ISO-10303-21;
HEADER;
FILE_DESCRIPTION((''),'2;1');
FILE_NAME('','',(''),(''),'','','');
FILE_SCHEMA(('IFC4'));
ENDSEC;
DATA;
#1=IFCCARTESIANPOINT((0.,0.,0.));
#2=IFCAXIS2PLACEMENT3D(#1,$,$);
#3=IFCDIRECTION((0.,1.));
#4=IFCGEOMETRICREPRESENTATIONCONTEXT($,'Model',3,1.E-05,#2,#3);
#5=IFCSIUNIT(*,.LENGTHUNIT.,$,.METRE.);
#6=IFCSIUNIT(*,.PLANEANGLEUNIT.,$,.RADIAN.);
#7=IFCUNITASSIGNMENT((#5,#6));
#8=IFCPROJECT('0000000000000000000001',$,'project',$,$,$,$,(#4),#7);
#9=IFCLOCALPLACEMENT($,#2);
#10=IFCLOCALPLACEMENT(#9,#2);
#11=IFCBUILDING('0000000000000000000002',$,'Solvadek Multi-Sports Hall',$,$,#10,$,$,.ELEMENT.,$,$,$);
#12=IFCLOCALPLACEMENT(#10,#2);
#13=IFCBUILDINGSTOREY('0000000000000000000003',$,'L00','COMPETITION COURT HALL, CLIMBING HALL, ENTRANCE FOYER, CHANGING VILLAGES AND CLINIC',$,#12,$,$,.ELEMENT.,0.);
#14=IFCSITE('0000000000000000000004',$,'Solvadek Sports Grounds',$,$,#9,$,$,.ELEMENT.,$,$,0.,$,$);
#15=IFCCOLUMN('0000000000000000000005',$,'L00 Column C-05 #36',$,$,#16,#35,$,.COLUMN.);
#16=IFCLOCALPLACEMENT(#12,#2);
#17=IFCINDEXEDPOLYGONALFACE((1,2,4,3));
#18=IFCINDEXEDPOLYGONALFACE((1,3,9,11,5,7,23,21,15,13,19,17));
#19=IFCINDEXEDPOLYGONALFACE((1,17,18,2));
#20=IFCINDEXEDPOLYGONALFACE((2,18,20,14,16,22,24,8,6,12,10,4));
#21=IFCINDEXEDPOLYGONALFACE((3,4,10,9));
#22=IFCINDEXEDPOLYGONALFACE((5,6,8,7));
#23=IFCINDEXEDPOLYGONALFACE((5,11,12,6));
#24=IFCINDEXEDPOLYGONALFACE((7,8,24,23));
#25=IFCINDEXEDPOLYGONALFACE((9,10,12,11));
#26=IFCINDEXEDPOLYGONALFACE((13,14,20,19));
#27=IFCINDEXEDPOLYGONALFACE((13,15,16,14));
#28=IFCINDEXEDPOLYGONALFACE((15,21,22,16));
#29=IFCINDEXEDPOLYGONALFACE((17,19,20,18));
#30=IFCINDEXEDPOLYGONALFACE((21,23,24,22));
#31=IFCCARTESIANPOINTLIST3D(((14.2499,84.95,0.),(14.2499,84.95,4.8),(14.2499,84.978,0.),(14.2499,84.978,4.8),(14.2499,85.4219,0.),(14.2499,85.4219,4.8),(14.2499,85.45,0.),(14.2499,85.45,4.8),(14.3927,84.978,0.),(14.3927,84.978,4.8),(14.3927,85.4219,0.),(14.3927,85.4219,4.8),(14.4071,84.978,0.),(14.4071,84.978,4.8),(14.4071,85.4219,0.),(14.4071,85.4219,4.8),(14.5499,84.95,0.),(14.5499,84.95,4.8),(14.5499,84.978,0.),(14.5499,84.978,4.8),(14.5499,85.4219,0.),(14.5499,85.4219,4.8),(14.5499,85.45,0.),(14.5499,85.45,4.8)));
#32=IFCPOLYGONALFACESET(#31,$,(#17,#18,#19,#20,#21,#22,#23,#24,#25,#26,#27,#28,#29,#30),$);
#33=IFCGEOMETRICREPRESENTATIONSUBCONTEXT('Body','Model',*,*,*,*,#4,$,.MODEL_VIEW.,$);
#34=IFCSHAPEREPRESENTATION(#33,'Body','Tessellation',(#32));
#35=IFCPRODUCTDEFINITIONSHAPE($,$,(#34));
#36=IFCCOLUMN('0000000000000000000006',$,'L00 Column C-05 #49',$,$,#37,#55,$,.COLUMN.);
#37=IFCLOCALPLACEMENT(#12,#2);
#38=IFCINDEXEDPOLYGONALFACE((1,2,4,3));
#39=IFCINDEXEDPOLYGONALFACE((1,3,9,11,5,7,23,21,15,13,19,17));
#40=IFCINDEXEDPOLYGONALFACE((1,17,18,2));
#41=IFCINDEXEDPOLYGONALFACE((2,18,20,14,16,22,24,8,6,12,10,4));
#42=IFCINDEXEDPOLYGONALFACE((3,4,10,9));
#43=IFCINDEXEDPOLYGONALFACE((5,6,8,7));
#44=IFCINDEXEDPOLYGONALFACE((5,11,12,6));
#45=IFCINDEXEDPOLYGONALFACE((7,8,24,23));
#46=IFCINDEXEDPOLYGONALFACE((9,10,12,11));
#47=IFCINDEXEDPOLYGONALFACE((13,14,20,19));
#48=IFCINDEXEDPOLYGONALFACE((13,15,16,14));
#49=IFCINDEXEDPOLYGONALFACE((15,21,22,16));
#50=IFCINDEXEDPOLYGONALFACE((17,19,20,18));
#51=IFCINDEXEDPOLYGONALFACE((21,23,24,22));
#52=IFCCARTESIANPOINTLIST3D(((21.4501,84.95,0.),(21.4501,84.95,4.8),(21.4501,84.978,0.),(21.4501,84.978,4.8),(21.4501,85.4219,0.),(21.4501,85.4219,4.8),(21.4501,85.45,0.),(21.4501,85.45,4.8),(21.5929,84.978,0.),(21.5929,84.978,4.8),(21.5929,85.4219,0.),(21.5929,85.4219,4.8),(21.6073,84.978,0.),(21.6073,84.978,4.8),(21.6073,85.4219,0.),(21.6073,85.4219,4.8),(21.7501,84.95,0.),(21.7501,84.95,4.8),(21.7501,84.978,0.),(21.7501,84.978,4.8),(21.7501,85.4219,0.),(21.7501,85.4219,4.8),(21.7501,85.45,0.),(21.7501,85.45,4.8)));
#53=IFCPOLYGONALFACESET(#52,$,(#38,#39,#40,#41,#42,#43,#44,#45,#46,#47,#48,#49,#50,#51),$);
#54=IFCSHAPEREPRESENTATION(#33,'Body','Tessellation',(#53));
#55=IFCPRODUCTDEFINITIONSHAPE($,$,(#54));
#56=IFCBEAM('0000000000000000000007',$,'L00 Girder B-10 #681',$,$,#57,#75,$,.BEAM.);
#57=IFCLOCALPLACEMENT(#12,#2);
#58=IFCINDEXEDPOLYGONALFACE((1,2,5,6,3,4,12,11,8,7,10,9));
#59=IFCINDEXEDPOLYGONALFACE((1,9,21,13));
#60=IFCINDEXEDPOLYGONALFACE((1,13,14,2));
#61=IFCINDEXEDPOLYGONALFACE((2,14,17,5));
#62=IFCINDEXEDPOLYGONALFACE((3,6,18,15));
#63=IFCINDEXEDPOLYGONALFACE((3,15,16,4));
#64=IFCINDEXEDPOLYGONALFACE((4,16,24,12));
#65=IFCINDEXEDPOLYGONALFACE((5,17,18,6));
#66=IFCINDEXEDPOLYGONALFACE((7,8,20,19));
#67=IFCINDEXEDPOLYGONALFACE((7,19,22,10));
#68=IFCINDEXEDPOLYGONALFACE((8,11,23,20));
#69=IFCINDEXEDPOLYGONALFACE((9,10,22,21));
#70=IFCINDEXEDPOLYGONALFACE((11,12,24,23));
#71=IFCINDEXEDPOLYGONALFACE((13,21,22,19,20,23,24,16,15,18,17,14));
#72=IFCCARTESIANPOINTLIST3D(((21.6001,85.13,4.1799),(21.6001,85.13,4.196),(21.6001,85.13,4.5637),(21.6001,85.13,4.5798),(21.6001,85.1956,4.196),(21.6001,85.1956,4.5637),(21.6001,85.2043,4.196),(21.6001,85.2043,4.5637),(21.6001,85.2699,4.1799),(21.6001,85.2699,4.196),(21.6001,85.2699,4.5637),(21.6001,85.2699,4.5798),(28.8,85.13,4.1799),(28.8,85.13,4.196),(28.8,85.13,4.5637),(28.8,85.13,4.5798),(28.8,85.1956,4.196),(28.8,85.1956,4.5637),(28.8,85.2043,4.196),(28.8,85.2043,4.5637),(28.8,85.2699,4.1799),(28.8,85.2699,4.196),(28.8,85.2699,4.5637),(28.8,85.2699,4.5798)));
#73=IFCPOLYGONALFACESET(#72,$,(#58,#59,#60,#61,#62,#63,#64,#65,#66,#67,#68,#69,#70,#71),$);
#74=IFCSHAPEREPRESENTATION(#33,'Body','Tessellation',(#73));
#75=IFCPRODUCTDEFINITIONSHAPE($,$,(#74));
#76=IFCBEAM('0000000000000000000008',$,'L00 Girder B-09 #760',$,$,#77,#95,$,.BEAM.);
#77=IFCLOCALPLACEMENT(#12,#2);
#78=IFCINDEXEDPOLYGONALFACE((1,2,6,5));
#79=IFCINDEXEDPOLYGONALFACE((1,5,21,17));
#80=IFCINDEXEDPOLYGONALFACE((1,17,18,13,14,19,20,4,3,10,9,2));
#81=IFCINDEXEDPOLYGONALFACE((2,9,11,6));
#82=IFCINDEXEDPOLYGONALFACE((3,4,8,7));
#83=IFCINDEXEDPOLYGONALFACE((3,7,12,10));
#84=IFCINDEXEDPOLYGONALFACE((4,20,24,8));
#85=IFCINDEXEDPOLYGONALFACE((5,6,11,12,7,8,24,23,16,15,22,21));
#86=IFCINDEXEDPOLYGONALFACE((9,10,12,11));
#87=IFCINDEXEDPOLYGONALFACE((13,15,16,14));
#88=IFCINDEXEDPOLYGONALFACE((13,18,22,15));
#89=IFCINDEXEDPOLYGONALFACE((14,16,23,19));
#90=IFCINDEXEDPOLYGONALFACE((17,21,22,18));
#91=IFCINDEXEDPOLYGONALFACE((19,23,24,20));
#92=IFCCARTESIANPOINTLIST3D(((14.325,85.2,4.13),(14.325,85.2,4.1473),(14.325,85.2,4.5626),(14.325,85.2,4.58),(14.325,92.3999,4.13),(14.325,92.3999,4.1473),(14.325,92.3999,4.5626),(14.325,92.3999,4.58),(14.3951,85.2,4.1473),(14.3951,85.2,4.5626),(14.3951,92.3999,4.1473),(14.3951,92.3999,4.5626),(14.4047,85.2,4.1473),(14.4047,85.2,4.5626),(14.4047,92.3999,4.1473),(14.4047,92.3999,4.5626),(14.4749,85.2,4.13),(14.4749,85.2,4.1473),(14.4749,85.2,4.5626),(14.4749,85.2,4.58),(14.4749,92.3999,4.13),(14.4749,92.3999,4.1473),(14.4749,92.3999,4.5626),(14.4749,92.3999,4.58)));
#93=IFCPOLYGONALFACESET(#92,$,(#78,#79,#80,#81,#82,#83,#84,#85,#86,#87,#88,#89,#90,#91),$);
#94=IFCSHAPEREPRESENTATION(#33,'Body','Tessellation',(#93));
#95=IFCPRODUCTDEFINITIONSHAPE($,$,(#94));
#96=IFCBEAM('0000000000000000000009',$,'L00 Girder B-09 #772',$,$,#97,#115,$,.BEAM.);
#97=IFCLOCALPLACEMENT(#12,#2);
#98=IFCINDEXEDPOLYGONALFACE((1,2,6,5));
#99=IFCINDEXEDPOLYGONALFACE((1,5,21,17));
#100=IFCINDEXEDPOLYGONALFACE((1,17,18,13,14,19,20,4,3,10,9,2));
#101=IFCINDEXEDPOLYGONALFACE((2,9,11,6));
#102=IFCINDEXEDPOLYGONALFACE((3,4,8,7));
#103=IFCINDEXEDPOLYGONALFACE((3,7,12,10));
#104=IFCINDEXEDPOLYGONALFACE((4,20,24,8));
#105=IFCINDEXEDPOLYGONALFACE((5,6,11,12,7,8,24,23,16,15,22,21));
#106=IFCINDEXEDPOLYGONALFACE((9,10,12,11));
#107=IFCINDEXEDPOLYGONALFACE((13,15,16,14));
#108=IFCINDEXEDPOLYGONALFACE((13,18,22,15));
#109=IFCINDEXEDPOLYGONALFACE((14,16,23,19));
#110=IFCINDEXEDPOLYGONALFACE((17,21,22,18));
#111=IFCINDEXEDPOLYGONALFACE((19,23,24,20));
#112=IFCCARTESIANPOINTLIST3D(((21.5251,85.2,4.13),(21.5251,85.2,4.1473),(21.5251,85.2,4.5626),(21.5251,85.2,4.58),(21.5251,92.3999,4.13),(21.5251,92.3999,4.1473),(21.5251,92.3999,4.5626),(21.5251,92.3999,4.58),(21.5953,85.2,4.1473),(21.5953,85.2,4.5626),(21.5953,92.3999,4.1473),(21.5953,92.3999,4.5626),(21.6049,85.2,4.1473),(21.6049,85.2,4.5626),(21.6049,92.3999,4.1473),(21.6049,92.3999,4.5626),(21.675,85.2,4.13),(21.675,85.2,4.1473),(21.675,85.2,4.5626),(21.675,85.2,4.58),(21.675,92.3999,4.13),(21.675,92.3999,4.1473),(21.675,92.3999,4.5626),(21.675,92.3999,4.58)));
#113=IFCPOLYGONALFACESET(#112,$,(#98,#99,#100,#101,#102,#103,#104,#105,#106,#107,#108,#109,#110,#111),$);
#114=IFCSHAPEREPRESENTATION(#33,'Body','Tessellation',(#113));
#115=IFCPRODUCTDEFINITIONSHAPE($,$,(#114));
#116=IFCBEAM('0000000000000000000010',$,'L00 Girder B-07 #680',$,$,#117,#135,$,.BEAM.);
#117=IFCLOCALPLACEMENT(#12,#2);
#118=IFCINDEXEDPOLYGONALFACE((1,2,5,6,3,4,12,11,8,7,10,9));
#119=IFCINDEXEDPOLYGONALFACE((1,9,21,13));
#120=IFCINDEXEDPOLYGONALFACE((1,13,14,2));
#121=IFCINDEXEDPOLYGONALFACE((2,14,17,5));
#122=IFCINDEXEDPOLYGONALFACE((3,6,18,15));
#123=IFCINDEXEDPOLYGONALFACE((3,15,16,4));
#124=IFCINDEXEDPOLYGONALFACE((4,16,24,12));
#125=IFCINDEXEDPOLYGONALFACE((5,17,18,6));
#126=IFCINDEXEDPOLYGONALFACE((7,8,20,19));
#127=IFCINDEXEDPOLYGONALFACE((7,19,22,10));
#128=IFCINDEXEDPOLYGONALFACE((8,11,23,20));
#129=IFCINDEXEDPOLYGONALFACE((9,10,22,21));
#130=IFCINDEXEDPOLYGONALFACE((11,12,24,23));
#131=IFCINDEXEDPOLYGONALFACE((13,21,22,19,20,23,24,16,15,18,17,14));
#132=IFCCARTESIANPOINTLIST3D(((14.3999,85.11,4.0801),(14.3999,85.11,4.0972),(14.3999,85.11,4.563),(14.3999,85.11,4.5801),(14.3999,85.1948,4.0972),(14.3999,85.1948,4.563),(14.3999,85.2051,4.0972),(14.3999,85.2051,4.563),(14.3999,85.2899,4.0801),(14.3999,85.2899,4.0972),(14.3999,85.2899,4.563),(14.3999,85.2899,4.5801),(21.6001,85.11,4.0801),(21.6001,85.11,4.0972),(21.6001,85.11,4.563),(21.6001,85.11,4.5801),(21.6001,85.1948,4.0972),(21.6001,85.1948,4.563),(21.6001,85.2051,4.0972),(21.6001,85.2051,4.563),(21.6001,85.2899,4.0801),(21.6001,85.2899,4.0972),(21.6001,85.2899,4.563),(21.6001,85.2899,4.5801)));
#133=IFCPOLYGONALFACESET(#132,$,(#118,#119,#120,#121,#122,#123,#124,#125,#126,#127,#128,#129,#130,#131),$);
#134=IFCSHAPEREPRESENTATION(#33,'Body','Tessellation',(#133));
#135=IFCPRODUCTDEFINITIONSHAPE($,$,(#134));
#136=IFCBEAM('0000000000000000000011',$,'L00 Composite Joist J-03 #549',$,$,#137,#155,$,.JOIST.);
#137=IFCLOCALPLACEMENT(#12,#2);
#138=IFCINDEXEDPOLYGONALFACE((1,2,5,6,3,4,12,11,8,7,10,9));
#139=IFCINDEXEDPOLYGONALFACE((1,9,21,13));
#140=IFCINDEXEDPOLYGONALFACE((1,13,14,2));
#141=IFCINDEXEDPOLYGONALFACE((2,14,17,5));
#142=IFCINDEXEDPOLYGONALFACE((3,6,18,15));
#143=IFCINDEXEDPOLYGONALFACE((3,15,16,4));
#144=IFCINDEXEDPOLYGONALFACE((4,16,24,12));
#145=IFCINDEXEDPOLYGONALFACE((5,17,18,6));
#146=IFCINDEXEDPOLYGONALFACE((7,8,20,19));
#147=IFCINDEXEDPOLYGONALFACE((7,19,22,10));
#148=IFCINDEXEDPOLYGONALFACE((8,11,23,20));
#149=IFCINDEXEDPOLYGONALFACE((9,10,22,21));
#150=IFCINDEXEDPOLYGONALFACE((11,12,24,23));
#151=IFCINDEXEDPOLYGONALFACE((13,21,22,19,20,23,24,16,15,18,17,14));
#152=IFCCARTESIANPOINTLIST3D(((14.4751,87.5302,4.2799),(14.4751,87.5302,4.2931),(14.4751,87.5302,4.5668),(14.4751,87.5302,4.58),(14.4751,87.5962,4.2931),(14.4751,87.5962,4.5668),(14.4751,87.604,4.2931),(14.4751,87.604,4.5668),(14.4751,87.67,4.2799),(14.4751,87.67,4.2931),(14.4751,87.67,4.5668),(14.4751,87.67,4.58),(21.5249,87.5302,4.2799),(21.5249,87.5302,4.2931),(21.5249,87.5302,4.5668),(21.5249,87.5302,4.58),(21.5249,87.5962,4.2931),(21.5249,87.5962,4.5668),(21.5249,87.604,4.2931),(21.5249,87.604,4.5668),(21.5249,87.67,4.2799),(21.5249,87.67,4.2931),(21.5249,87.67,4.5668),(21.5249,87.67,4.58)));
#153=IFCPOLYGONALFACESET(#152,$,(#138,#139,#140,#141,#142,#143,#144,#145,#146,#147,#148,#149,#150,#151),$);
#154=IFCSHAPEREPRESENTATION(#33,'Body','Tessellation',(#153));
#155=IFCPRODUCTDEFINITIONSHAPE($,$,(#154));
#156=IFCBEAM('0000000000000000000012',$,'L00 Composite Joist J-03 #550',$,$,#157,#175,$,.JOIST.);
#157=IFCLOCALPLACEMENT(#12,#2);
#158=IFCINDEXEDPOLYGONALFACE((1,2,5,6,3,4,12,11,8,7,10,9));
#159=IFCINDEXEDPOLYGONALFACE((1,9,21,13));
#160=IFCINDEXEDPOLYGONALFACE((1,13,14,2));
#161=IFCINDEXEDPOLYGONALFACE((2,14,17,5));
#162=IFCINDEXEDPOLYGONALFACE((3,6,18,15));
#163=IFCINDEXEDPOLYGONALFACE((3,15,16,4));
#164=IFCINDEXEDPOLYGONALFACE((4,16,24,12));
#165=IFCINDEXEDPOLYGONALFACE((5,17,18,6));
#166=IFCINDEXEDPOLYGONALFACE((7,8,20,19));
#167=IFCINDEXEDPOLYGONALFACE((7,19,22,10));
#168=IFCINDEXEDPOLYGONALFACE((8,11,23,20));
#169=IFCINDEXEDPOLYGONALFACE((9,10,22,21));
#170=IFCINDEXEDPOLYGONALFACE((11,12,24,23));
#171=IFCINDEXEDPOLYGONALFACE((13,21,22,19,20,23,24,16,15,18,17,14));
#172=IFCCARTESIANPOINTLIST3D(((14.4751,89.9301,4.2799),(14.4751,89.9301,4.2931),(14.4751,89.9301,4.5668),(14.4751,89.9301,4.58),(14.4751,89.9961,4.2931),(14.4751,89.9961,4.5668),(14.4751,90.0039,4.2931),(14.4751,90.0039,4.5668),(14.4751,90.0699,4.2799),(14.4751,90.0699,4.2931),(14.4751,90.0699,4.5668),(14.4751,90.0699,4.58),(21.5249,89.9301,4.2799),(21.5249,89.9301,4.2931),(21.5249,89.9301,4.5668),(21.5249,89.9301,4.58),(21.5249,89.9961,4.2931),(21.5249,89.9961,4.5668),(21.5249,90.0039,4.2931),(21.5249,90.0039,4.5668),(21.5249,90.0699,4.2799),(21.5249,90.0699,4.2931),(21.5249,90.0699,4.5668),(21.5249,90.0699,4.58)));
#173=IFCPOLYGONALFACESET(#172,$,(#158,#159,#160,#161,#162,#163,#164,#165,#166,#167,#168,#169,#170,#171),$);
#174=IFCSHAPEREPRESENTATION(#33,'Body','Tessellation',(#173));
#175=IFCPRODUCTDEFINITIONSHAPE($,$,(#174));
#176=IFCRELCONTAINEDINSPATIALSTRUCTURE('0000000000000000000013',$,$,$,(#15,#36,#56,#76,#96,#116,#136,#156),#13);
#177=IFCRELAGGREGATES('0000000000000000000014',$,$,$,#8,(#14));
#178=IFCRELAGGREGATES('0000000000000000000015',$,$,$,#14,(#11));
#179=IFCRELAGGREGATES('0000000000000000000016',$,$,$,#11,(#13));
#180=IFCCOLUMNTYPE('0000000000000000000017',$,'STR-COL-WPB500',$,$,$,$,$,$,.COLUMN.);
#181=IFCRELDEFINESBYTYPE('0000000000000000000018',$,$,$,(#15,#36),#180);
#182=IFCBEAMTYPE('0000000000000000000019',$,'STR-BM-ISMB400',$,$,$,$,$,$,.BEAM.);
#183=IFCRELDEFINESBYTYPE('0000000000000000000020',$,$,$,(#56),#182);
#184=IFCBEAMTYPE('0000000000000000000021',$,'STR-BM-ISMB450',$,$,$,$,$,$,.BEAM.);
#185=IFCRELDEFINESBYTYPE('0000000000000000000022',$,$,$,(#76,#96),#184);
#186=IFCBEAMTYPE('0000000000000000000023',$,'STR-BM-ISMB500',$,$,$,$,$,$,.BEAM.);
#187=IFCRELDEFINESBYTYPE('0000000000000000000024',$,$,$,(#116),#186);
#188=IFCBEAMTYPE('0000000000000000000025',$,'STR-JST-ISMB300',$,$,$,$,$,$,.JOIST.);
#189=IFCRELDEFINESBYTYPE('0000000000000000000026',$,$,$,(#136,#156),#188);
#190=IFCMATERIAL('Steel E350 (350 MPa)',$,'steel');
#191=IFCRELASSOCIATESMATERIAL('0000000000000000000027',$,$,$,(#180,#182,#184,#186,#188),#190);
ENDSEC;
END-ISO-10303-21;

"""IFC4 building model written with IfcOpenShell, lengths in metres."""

from ifc_helpers import new_model, si_unit, direction, frame, origin, origin_2d, place, context, subcontext, project, spatial, i_section, extrude, material, material_profile, profile_set, type_object, element, save


model = new_model("IFC4")

# Units and contexts
model_context = context("Model", 3, precision=1e-05, world=origin(), true_north=direction((0.0, 1.0)))
body_context = subcontext(model_context, "Body", "Model", "MODEL_VIEW")
ifc_project = project(units=[si_unit("LENGTHUNIT", "METRE"), si_unit("PLANEANGLEUNIT", "RADIAN")], contexts=[model_context])

# Site, building, storey
site_placement = place(None, origin())
site = spatial("IfcSite", under=ifc_project, at=site_placement, Name="Solvadek Sports Grounds", CompositionType="ELEMENT", RefElevation=0.0)
building_placement = place(site_placement, origin())
building = spatial("IfcBuilding", under=site, at=building_placement, Name="Solvadek Multi-Sports Hall", CompositionType="ELEMENT")
storey_placement = place(building_placement, origin())
storey = spatial("IfcBuildingStorey", under=building, at=storey_placement, Name="L00", Description="COMPETITION COURT HALL, CLIMBING HALL, ENTRANCE FOYER, CHANGING VILLAGES AND CLINIC", CompositionType="ELEMENT", Elevation=0.0)

# Columns
ifc_material_1 = material(Name="Steel E350 (350 MPa)", Category="steel")
ifc_material_profile_1 = material_profile(ifc_material_1, i_section(OverallWidth=0.3, OverallDepth=0.5, WebThickness=0.0144, FlangeThickness=0.0281, at=origin_2d()), Name="WPB 500")
ifc_profile_set_1 = profile_set([ifc_material_profile_1], Name="Steel E350 (350 MPa)")
column_type = type_object("IfcColumnType", Name="STR-COL-WPB500", PredefinedType="COLUMN", material=ifc_profile_set_1)
for number, where, z_axis, x_axis, name in (
    (1, (14.3999, 85.2, 0.0), (0.0, 0.0, 1.0), (1.0, 0.0, 0.0), "L00 Column C-05 #36"),
    (2, (21.6001, 85.2, 0.0), (0.0, 0.0, 1.0), (1.0, 0.0, 0.0), "L00 Column C-05 #49"),
):
    element("IfcColumn", number, at=place(storey_placement, frame(where, z_axis=z_axis, x_axis=x_axis)), inside=storey, type_object=column_type, Name=name, PredefinedType="COLUMN", context=body_context, shape_type="SweptSolid", body=[
        extrude(i_section(OverallWidth=0.3, OverallDepth=0.5, WebThickness=0.0144, FlangeThickness=0.0281, at=origin_2d()), origin(), (0.0, 0.0, 1.0), 4.8),
    ])

# Beams
ifc_material_profile_2 = material_profile(ifc_material_1, i_section(OverallWidth=0.1399, OverallDepth=0.3999, WebThickness=0.0088, FlangeThickness=0.0161, at=origin_2d()), Name="ISMB 400")
ifc_profile_set_2 = profile_set([ifc_material_profile_2], Name="Steel E350 (350 MPa)")
beam_type_1 = type_object("IfcBeamType", Name="STR-BM-ISMB400", PredefinedType="BEAM", material=ifc_profile_set_2)
beam_1_placement = place(storey_placement, frame((21.6001, 85.2, 4.3799), z_axis=(1.0, 0.0, 0.0), x_axis=(0.0, 1.0, 0.0)))
element("IfcBeam", 3, at=beam_1_placement, inside=storey, type_object=beam_type_1, Name="L00 Girder B-10 #681", PredefinedType="BEAM", context=body_context, shape_type="SweptSolid", body=[
    extrude(i_section(OverallWidth=0.1399, OverallDepth=0.3999, WebThickness=0.0088, FlangeThickness=0.0161, at=origin_2d()), origin(), (0.0, 0.0, 1.0), 7.2),
])
ifc_material_profile_3 = material_profile(ifc_material_1, i_section(OverallWidth=0.1499, OverallDepth=0.45, WebThickness=0.0095, FlangeThickness=0.0173, at=origin_2d()), Name="ISMB 450")
ifc_profile_set_3 = profile_set([ifc_material_profile_3], Name="Steel E350 (350 MPa)")
beam_type_2 = type_object("IfcBeamType", Name="STR-BM-ISMB450", PredefinedType="BEAM", material=ifc_profile_set_3)
for number, where, z_axis, x_axis, name in (
    (4, (14.3999, 85.2, 4.355), (0.0, 1.0, 0.0), (-1.0, 0.0, 0.0), "L00 Girder B-09 #760"),
    (5, (21.6001, 85.2, 4.355), (0.0, 1.0, 0.0), (-1.0, 0.0, 0.0), "L00 Girder B-09 #772"),
):
    element("IfcBeam", number, at=place(storey_placement, frame(where, z_axis=z_axis, x_axis=x_axis)), inside=storey, type_object=beam_type_2, Name=name, PredefinedType="BEAM", context=body_context, shape_type="SweptSolid", body=[
        extrude(i_section(OverallWidth=0.1499, OverallDepth=0.45, WebThickness=0.0095, FlangeThickness=0.0173, at=origin_2d()), origin(), (0.0, 0.0, 1.0), 7.2),
    ])
ifc_material_profile_4 = material_profile(ifc_material_1, i_section(OverallWidth=0.1799, OverallDepth=0.5, WebThickness=0.0103, FlangeThickness=0.0171, at=origin_2d()), Name="ISMB 500")
ifc_profile_set_4 = profile_set([ifc_material_profile_4], Name="Steel E350 (350 MPa)")
beam_type_3 = type_object("IfcBeamType", Name="STR-BM-ISMB500", PredefinedType="BEAM", material=ifc_profile_set_4)
beam_2_placement = place(storey_placement, frame((14.3999, 85.2, 4.3301), z_axis=(1.0, 0.0, 0.0), x_axis=(0.0, 1.0, 0.0)))
element("IfcBeam", 6, at=beam_2_placement, inside=storey, type_object=beam_type_3, Name="L00 Girder B-07 #680", PredefinedType="BEAM", context=body_context, shape_type="SweptSolid", body=[
    extrude(i_section(OverallWidth=0.1799, OverallDepth=0.5, WebThickness=0.0103, FlangeThickness=0.0171, at=origin_2d()), origin(), (0.0, 0.0, 1.0), 7.2002),
])
ifc_material_profile_5 = material_profile(ifc_material_1, i_section(OverallWidth=0.1399, OverallDepth=0.3, WebThickness=0.0078, FlangeThickness=0.0132, at=origin_2d()), Name="ISMB 300")
ifc_profile_set_5 = profile_set([ifc_material_profile_5], Name="Steel E350 (350 MPa)")
beam_type_4 = type_object("IfcBeamType", Name="STR-JST-ISMB300", PredefinedType="JOIST", material=ifc_profile_set_5)
for number, where, z_axis, x_axis, name in (
    (7, (14.4751, 87.6001, 4.4299), (1.0, 0.0, 0.0), (0.0, 1.0, 0.0), "L00 Composite Joist J-03 #549"),
    (8, (14.4751, 90.0, 4.4299), (1.0, 0.0, 0.0), (0.0, 1.0, 0.0), "L00 Composite Joist J-03 #550"),
):
    element("IfcBeam", number, at=place(storey_placement, frame(where, z_axis=z_axis, x_axis=x_axis)), inside=storey, type_object=beam_type_4, Name=name, PredefinedType="JOIST", context=body_context, shape_type="SweptSolid", body=[
        extrude(i_section(OverallWidth=0.1399, OverallDepth=0.3, WebThickness=0.0078, FlangeThickness=0.0132, at=origin_2d()), origin(), (0.0, 0.0, 1.0), 7.0498),
    ])

save(model, "model.ifc")
